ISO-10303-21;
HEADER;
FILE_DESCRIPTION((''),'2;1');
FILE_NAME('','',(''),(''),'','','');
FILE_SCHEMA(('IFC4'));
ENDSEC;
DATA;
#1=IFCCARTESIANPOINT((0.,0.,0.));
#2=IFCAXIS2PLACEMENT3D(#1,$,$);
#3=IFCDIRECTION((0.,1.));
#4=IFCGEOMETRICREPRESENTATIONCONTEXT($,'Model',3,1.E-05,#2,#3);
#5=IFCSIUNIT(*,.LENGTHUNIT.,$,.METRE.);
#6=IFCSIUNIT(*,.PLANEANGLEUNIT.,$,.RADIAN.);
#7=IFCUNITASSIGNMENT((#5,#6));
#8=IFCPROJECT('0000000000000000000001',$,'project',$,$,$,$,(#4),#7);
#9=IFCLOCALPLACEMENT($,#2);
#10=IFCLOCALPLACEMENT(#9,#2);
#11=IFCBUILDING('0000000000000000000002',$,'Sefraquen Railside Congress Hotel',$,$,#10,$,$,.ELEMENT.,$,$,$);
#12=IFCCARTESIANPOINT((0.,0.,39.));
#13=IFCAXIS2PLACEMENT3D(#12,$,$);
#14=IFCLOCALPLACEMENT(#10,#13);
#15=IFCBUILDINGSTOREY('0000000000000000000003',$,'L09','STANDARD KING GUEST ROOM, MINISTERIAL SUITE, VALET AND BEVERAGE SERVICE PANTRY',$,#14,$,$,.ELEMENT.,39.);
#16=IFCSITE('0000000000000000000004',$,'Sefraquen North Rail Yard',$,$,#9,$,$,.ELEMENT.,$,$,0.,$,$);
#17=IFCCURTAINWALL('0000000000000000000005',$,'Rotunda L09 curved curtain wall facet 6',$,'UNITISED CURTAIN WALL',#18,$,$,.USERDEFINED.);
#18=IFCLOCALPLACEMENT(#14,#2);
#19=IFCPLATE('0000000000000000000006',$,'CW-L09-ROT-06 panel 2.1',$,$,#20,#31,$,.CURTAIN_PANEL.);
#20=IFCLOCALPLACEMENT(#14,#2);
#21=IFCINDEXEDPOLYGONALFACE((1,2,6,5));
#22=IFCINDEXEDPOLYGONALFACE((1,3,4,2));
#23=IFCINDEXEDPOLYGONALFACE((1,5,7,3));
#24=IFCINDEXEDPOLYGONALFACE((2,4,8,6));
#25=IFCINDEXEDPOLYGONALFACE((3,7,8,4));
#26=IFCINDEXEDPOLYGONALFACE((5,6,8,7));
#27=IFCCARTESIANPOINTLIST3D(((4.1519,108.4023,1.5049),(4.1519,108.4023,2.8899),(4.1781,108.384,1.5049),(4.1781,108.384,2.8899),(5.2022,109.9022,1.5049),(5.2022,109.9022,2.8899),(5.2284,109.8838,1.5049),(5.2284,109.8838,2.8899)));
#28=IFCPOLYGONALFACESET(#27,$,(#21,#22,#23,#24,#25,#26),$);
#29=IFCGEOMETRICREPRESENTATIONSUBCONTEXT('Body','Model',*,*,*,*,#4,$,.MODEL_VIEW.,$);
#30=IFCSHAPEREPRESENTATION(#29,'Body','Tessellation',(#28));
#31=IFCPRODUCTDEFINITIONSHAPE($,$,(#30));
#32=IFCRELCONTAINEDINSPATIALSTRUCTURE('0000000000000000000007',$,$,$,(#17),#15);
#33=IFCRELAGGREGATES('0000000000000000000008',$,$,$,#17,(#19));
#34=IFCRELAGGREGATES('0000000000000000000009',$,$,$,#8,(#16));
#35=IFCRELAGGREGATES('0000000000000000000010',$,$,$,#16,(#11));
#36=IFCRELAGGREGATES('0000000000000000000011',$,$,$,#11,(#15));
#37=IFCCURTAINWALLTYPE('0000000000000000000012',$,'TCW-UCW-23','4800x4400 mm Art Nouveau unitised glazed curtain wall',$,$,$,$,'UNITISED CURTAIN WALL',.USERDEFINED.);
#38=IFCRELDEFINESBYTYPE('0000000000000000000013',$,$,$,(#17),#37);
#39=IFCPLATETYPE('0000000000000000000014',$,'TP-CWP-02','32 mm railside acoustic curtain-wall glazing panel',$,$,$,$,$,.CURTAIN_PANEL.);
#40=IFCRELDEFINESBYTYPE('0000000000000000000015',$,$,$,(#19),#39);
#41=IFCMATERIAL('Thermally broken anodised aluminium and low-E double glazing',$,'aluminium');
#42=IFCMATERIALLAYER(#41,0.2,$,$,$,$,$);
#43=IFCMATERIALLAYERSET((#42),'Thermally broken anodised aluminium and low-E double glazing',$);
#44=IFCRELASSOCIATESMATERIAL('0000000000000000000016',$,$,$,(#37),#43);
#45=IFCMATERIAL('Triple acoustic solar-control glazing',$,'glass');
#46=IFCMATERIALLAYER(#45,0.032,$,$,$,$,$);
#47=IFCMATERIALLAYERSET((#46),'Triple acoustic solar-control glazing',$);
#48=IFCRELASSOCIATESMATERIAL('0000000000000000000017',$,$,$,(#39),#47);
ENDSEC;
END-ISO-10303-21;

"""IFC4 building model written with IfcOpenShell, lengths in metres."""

from ifc_helpers import new_model, si_unit, direction, frame, origin, origin_2d, place, context, subcontext, project, spatial, rectangle, extrude, material, layer, layer_set, type_object, element, aggregate, save


model = new_model("IFC4")

# Units and contexts
model_context = context("Model", 3, precision=1e-05, world=origin(), true_north=direction((0.0, 1.0)))
body_context = subcontext(model_context, "Body", "Model", "MODEL_VIEW")
ifc_project = project(units=[si_unit("LENGTHUNIT", "METRE"), si_unit("PLANEANGLEUNIT", "RADIAN")], contexts=[model_context])

# Site, building, storey
site_placement = place(None, origin())
site = spatial("IfcSite", under=ifc_project, at=site_placement, Name="Sefraquen North Rail Yard", CompositionType="ELEMENT", RefElevation=0.0)
building_placement = place(site_placement, origin())
building = spatial("IfcBuilding", under=site, at=building_placement, Name="Sefraquen Railside Congress Hotel", CompositionType="ELEMENT")
storey_placement = place(building_placement, frame((0.0, 0.0, 39.0)))
storey = spatial("IfcBuildingStorey", under=building, at=storey_placement, Name="L09", Description="STANDARD KING GUEST ROOM, MINISTERIAL SUITE, VALET AND BEVERAGE SERVICE PANTRY", CompositionType="ELEMENT", Elevation=39.0)

# Curtain wall, plate
ifc_material_1 = material(Name="Thermally broken anodised aluminium and low-E double glazing", Category="aluminium")
ifc_layer_1 = layer(ifc_material_1, 0.2)
ifc_layer_set_1 = layer_set([ifc_layer_1], Name="Thermally broken anodised aluminium and low-E double glazing")
curtain_wall_type = type_object("IfcCurtainWallType", Name="TCW-UCW-23", Description="4800x4400 mm Art Nouveau unitised glazed curtain wall", ElementType="UNITISED CURTAIN WALL", PredefinedType="USERDEFINED", material=ifc_layer_set_1)
curtain_wall_placement = place(storey_placement, origin())
curtain_wall = element("IfcCurtainWall", 1, at=curtain_wall_placement, inside=storey, type_object=curtain_wall_type, Name="Rotunda L09 curved curtain wall facet 6", ObjectType="UNITISED CURTAIN WALL", PredefinedType="USERDEFINED")
ifc_material_2 = material(Name="Triple acoustic solar-control glazing", Category="glass")
ifc_layer_2 = layer(ifc_material_2, 0.032)
ifc_layer_set_2 = layer_set([ifc_layer_2], Name="Triple acoustic solar-control glazing")
plate_type = type_object("IfcPlateType", Name="TP-CWP-02", Description="32 mm railside acoustic curtain-wall glazing panel", PredefinedType="CURTAIN_PANEL", material=ifc_layer_set_2)
plate_placement = place(storey_placement, frame((4.6902, 109.1431, 1.5049), z_axis=(0.0, 0.0, 1.0), x_axis=(-0.573605, -0.819132, 0.0)))
plate = element("IfcPlate", 2, at=plate_placement, type_object=plate_type, Name="CW-L09-ROT-06 panel 2.1", PredefinedType="CURTAIN_PANEL", context=body_context, shape_type="SweptSolid", body=[
    extrude(rectangle(XDim=1.8311, YDim=0.032, at=origin_2d()), origin(), (0.0, 0.0, 1.0), 1.385),
])
aggregate(curtain_wall, [plate])

save(model, "model.ifc")
